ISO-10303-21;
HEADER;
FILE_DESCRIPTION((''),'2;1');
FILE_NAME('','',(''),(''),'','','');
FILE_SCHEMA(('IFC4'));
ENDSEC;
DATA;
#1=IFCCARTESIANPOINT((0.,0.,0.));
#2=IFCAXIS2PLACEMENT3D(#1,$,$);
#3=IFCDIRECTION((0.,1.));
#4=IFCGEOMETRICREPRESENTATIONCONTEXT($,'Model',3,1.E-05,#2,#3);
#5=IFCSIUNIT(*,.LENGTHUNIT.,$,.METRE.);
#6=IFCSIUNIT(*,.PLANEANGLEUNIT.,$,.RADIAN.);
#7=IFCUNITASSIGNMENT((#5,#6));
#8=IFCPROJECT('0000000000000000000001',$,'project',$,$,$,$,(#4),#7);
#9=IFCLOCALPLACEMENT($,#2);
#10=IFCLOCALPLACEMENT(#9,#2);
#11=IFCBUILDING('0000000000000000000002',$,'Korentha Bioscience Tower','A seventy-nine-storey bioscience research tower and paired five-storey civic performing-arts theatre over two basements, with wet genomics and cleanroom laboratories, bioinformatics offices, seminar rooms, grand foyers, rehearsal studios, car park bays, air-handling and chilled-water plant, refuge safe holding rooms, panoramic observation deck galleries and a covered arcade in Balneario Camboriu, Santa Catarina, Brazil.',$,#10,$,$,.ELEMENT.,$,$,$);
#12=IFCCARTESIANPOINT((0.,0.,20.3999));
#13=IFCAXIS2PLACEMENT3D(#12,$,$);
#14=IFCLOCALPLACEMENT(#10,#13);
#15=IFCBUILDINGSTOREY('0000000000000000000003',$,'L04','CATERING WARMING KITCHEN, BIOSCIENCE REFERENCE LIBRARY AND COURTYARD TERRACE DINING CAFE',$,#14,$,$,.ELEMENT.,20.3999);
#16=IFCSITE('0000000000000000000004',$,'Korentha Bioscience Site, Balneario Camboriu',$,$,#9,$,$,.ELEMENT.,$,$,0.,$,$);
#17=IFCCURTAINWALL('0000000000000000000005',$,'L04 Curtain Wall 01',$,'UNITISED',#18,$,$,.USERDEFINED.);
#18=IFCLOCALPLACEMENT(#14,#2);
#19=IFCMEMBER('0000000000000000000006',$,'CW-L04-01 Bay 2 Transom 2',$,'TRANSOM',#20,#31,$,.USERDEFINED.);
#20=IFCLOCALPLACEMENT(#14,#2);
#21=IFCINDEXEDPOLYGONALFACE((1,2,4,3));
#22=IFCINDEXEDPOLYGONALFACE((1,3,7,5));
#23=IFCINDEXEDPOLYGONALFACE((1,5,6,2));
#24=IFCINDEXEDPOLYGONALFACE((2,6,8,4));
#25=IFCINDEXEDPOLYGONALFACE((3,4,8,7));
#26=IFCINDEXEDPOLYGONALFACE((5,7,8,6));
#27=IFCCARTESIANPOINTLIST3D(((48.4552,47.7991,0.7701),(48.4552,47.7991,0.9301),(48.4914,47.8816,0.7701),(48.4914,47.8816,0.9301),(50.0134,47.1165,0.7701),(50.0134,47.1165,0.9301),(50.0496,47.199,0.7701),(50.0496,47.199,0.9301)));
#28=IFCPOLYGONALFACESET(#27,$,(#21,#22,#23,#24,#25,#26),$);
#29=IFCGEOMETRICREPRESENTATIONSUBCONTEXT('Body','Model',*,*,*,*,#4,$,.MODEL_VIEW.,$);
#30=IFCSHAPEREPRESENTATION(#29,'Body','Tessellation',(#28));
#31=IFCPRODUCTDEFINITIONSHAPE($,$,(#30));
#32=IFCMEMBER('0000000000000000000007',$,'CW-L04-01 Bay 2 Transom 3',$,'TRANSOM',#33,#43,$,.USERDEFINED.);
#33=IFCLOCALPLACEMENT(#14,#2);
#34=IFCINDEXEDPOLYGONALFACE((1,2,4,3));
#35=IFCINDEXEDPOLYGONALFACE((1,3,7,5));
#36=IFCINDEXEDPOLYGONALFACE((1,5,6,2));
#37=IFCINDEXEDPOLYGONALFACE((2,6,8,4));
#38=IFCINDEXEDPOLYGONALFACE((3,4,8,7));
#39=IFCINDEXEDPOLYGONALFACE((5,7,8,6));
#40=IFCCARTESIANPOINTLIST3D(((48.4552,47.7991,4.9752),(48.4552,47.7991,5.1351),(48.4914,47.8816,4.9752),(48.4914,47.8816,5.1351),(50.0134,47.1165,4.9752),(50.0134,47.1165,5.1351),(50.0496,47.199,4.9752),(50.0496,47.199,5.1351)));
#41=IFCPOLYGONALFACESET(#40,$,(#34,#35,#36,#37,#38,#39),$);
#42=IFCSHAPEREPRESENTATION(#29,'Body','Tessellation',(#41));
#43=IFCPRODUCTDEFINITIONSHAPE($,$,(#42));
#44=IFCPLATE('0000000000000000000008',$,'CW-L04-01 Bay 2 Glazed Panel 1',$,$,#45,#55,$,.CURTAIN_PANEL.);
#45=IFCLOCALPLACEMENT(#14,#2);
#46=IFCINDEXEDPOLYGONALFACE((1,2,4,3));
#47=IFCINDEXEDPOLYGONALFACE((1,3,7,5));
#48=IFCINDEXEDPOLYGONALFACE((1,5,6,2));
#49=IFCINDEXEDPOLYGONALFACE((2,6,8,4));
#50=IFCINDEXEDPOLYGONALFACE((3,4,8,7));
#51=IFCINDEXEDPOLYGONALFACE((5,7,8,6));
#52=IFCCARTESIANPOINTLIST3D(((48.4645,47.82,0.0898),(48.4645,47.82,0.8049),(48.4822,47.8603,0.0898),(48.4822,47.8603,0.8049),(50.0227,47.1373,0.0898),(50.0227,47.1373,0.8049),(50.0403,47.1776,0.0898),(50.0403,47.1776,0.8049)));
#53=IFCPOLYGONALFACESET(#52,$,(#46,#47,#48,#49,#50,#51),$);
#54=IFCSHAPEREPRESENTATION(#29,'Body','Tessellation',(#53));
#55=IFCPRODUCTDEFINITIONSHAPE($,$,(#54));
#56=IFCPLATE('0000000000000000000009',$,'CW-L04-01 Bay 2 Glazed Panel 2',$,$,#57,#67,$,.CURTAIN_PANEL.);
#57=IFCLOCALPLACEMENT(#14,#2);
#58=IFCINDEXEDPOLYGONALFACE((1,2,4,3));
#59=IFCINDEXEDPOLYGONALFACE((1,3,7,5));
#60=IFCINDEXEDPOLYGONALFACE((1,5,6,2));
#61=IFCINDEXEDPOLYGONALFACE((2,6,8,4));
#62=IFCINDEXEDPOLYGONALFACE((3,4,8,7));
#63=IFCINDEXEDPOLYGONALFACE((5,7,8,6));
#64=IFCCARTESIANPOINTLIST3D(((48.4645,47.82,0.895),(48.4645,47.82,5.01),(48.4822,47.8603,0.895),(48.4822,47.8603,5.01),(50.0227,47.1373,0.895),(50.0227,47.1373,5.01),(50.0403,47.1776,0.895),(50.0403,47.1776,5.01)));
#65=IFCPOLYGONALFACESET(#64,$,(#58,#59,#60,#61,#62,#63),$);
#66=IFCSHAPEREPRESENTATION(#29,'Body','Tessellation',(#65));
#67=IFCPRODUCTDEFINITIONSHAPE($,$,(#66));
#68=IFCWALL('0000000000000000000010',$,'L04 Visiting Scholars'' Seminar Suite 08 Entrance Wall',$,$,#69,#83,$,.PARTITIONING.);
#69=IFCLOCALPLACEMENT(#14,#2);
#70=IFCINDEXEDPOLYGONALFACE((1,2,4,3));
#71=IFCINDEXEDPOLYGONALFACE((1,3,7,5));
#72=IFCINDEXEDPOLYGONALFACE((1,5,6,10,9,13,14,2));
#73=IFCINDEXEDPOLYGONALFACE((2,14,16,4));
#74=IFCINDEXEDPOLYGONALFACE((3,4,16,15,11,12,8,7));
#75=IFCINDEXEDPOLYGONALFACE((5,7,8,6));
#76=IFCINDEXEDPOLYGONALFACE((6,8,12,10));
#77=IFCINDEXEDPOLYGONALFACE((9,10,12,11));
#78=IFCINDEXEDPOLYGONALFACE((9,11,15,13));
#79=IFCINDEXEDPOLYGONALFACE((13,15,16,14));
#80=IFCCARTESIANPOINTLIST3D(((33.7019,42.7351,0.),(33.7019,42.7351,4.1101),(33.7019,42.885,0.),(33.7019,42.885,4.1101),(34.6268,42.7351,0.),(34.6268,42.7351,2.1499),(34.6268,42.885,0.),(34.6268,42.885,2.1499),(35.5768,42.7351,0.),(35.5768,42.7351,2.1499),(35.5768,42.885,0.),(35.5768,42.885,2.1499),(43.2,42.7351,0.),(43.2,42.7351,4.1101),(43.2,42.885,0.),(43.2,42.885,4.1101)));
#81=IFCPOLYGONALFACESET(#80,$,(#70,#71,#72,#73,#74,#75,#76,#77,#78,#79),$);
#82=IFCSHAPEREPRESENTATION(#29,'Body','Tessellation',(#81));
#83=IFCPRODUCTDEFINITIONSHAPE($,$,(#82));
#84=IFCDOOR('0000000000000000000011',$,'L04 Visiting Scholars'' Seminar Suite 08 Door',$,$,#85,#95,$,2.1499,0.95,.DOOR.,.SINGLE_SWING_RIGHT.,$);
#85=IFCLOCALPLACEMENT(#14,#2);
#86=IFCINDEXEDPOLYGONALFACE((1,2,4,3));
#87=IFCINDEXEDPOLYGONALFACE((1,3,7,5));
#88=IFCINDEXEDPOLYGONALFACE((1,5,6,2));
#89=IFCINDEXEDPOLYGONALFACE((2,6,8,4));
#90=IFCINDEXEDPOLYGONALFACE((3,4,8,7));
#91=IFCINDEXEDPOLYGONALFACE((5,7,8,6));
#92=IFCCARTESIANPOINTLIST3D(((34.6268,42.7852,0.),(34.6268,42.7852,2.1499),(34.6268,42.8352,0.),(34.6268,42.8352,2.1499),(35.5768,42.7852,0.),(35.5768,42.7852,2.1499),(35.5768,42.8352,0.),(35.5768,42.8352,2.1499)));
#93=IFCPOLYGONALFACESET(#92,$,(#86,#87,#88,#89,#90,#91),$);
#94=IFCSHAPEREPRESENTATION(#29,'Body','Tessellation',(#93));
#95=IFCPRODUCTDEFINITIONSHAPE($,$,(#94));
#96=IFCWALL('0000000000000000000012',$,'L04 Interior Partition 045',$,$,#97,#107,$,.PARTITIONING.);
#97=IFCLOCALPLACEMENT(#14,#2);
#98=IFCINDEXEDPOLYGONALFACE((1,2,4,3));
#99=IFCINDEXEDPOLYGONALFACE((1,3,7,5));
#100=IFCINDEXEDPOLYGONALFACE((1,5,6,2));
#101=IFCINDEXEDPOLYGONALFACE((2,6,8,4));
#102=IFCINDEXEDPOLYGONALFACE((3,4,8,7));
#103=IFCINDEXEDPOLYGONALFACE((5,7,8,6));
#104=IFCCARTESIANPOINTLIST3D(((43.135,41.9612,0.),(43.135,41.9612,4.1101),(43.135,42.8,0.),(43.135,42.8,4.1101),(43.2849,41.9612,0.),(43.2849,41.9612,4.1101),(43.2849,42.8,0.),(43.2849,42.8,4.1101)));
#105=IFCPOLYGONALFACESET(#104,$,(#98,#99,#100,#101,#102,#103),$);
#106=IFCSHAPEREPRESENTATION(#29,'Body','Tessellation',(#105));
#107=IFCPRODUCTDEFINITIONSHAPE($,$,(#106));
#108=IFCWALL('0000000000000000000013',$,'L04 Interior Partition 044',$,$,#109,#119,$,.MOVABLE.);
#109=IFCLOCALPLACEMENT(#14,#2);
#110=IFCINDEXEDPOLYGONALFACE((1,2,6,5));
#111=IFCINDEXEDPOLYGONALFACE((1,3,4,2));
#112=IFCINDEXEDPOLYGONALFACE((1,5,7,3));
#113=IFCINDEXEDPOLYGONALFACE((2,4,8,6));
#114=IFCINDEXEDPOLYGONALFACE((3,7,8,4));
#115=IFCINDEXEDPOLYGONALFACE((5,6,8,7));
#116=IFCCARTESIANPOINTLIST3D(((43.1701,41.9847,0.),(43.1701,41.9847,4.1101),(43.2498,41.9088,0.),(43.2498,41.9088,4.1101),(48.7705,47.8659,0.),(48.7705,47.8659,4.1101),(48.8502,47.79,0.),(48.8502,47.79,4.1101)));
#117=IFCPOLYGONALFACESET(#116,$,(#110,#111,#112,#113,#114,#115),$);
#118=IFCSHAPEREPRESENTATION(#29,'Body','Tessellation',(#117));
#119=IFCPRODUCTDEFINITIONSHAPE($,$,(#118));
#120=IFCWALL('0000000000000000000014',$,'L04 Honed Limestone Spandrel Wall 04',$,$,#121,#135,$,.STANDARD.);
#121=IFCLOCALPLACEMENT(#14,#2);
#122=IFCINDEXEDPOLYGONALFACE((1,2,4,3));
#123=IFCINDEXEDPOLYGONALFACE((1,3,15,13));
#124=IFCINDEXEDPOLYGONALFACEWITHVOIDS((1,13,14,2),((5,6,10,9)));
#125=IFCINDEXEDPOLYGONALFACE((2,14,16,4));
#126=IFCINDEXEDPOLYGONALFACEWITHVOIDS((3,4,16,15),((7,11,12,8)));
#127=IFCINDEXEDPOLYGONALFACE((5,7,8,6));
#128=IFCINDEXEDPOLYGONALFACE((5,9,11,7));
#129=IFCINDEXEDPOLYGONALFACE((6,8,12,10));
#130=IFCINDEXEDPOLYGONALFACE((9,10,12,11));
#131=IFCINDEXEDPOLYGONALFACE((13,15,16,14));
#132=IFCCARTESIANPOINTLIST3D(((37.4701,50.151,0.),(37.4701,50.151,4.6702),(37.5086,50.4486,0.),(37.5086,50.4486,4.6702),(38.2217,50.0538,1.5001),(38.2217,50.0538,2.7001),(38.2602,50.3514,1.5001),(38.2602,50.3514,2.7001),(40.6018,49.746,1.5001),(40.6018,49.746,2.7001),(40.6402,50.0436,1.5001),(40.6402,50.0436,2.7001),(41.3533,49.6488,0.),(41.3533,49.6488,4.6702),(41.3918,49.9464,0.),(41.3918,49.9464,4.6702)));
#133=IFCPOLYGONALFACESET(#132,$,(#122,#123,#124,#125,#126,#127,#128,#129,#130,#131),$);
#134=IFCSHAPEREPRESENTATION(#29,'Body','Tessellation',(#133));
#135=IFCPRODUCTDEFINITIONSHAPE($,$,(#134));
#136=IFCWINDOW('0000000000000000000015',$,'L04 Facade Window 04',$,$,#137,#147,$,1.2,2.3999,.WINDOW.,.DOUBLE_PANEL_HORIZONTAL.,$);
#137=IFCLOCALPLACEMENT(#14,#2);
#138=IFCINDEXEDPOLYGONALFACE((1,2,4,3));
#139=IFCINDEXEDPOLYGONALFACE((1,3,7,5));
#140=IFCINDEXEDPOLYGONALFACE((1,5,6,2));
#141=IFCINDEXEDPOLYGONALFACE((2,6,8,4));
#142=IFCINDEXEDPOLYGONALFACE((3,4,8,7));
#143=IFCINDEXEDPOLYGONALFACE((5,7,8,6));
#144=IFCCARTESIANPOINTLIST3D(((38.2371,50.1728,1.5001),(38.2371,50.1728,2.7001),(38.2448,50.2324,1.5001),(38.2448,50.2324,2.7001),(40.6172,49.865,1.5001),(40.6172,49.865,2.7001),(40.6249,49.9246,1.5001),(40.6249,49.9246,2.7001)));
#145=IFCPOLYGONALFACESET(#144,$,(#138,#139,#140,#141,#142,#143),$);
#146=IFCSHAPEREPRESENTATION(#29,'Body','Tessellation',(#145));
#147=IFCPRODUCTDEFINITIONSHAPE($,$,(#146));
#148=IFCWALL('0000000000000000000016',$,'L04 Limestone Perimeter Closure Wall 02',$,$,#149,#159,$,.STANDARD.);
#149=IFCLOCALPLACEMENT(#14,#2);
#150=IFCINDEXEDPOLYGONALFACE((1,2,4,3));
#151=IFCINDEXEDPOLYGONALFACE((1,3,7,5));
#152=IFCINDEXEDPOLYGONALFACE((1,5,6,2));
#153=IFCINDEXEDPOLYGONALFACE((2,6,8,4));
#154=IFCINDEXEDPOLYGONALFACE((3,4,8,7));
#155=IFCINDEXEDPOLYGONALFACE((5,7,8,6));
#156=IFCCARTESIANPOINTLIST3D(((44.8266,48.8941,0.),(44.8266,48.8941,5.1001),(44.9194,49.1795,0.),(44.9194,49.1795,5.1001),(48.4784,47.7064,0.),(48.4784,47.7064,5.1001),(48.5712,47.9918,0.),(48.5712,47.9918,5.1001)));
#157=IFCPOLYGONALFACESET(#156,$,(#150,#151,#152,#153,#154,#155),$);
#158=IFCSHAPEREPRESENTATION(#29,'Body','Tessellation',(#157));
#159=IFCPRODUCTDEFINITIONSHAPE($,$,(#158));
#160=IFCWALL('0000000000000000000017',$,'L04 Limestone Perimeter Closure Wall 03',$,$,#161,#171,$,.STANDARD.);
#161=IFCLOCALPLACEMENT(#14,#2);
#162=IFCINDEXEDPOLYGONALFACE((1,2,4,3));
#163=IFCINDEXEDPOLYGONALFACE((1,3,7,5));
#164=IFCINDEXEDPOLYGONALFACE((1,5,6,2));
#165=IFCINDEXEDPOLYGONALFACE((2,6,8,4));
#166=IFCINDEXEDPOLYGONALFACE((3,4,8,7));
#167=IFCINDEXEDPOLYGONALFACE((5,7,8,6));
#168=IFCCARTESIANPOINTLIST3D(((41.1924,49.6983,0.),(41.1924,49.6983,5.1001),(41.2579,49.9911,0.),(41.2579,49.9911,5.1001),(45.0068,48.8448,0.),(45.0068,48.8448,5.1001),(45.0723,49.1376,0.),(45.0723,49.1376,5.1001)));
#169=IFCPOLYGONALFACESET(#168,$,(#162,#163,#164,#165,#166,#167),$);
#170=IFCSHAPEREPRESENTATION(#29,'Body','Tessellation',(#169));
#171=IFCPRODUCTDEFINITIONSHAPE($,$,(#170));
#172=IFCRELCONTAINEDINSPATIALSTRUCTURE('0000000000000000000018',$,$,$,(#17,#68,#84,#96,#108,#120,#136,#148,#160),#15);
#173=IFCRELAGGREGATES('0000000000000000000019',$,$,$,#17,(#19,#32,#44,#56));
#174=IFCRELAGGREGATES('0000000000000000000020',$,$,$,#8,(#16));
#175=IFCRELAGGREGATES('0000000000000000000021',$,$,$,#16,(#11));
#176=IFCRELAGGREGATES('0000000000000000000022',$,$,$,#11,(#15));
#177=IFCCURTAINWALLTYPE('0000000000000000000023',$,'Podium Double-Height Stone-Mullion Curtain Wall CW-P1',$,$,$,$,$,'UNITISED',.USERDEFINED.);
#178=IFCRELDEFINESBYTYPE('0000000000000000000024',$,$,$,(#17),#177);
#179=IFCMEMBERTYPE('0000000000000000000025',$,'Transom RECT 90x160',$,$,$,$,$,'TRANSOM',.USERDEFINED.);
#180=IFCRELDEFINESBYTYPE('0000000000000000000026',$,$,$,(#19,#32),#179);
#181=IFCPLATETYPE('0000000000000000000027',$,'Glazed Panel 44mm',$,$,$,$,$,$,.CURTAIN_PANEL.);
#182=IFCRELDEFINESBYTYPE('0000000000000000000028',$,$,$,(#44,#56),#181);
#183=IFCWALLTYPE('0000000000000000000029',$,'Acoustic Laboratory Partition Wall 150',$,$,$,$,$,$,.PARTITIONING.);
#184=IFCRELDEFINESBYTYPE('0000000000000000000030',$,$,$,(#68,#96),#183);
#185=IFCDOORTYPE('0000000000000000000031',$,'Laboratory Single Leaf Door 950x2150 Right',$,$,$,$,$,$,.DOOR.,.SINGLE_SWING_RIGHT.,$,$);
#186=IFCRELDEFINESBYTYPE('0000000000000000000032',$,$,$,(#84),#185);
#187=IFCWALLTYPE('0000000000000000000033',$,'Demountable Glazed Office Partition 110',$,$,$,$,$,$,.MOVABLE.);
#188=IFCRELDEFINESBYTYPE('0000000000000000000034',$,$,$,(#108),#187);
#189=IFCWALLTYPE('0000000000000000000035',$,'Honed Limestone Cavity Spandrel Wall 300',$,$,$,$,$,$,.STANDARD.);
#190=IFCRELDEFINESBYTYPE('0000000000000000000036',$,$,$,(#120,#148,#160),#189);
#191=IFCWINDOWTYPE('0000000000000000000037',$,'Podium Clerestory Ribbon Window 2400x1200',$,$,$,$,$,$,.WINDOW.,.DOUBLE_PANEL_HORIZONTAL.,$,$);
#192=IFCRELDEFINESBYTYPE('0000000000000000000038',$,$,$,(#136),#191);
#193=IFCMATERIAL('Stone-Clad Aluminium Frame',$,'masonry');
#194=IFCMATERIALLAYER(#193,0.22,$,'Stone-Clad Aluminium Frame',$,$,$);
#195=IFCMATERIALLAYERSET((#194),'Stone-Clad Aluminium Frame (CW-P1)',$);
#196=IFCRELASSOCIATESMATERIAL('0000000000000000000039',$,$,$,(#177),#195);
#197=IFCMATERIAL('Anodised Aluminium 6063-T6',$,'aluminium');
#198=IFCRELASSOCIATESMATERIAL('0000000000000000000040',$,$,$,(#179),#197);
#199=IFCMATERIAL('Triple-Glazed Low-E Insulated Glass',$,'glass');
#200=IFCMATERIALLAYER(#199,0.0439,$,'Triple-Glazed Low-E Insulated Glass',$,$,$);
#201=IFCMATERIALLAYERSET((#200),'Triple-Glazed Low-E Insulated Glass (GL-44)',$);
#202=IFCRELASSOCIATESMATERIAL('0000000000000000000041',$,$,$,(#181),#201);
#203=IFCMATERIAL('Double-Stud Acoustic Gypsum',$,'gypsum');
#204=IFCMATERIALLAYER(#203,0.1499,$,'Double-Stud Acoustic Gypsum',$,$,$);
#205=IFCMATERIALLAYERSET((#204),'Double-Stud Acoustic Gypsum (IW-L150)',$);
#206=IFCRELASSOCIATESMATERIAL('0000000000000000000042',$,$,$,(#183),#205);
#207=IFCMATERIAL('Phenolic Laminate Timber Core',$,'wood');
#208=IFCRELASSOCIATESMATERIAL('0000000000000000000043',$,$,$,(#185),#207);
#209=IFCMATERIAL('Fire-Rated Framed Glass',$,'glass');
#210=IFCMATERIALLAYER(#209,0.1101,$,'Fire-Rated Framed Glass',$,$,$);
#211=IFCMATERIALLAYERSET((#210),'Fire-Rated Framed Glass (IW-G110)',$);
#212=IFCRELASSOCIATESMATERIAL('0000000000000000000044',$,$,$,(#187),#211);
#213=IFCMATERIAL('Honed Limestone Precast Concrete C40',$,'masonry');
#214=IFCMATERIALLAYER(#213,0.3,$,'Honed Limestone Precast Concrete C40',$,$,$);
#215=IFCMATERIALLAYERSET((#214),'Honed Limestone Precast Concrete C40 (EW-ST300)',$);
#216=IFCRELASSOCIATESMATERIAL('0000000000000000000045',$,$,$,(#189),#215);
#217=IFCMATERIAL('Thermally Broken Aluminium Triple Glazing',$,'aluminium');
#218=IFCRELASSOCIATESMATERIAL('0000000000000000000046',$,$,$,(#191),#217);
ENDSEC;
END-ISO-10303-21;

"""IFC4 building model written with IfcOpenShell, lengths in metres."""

from ifc_helpers import new_model, si_unit, direction, frame, frame_2d, origin, origin_2d, place, context, subcontext, project, spatial, rectangle, extrude, material, layer, layer_set, material_profile, profile_set, type_object, element, fill, aggregate, save


model = new_model("IFC4")

# Units and contexts
model_context = context("Model", 3, precision=1e-05, world=origin(), true_north=direction((0.0, 1.0)))
body_context = subcontext(model_context, "Body", "Model", "MODEL_VIEW")
ifc_project = project(units=[si_unit("LENGTHUNIT", "METRE"), si_unit("PLANEANGLEUNIT", "RADIAN")], contexts=[model_context])

# Site, building, storey
site_placement = place(None, origin())
site = spatial("IfcSite", under=ifc_project, at=site_placement, Name="Korentha Bioscience Site, Balneario Camboriu", CompositionType="ELEMENT", RefElevation=0.0)
building_placement = place(site_placement, origin())
building = spatial("IfcBuilding", under=site, at=building_placement, Name="Korentha Bioscience Tower", Description="A seventy-nine-storey bioscience research tower and paired five-storey civic performing-arts theatre over two basements, with wet genomics and cleanroom laboratories, bioinformatics offices, seminar rooms, grand foyers, rehearsal studios, car park bays, air-handling and chilled-water plant, refuge safe holding rooms, panoramic observation deck galleries and a covered arcade in Balneario Camboriu, Santa Catarina, Brazil.", CompositionType="ELEMENT")
storey_placement = place(building_placement, frame((0.0, 0.0, 20.3999)))
storey = spatial("IfcBuildingStorey", under=building, at=storey_placement, Name="L04", Description="CATERING WARMING KITCHEN, BIOSCIENCE REFERENCE LIBRARY AND COURTYARD TERRACE DINING CAFE", CompositionType="ELEMENT", Elevation=20.3999)

# Curtain wall
ifc_material_1 = material(Name="Stone-Clad Aluminium Frame", Category="masonry")
ifc_layer_1 = layer(ifc_material_1, 0.22, Name="Stone-Clad Aluminium Frame")
ifc_layer_set_1 = layer_set([ifc_layer_1], Name="Stone-Clad Aluminium Frame (CW-P1)")
curtain_wall_type = type_object("IfcCurtainWallType", Name="Podium Double-Height Stone-Mullion Curtain Wall CW-P1", ElementType="UNITISED", PredefinedType="USERDEFINED", material=ifc_layer_set_1)
curtain_wall_placement = place(storey_placement, origin())
curtain_wall = element("IfcCurtainWall", 1, at=curtain_wall_placement, inside=storey, type_object=curtain_wall_type, Name="L04 Curtain Wall 01", ObjectType="UNITISED", PredefinedType="USERDEFINED")
ifc_material_2 = material(Name="Anodised Aluminium 6063-T6", Category="aluminium")

# Members
ifc_material_profile_1 = material_profile(ifc_material_2, rectangle(XDim=0.0901, YDim=0.1599, at=origin_2d()), Name="Anodised Aluminium 6063-T6")
ifc_profile_set_1 = profile_set([ifc_material_profile_1], Name="Anodised Aluminium 6063-T6 (CW-TRN)")
member_type_1 = type_object("IfcMemberType", Name="Transom RECT 90x160", ElementType="TRANSOM", PredefinedType="USERDEFINED", material=ifc_profile_set_1)
member_1_placement = place(storey_placement, frame((50.0315, 47.1577, 0.8501), z_axis=(-0.915953, 0.401286, 0.0), x_axis=(-0.401286, -0.915953, 0.0)))
member_1 = element("IfcMember", 2, at=member_1_placement, type_object=member_type_1, Name="CW-L04-01 Bay 2 Transom 2", ObjectType="TRANSOM", PredefinedType="USERDEFINED", context=body_context, shape_type="SweptSolid", body=[
    extrude(rectangle(XDim=0.0901, YDim=0.1599, at=origin_2d()), origin(), (0.0, 0.0, 1.0), 1.7012),
])
member_2_placement = place(storey_placement, frame((50.0315, 47.1577, 5.0552), z_axis=(-0.915953, 0.401286, 0.0), x_axis=(-0.401286, -0.915953, 0.0)))
member_2 = element("IfcMember", 3, at=member_2_placement, type_object=member_type_1, Name="CW-L04-01 Bay 2 Transom 3", ObjectType="TRANSOM", PredefinedType="USERDEFINED", context=body_context, shape_type="SweptSolid", body=[
    extrude(rectangle(XDim=0.0901, YDim=0.1599, at=origin_2d()), origin(), (0.0, 0.0, 1.0), 1.7012),
])

# Plates
ifc_material_3 = material(Name="Triple-Glazed Low-E Insulated Glass", Category="glass")
ifc_layer_2 = layer(ifc_material_3, 0.0439, Name="Triple-Glazed Low-E Insulated Glass")
ifc_layer_set_2 = layer_set([ifc_layer_2], Name="Triple-Glazed Low-E Insulated Glass (GL-44)")
plate_type = type_object("IfcPlateType", Name="Glazed Panel 44mm", PredefinedType="CURTAIN_PANEL", material=ifc_layer_set_2)
plate_1_placement = place(storey_placement, frame((49.2524, 47.4988, 0.0898), z_axis=(0.0, 0.0, 1.0), x_axis=(-0.915939, 0.401317, 0.0)))
plate_1 = element("IfcPlate", 4, at=plate_1_placement, type_object=plate_type, Name="CW-L04-01 Bay 2 Glazed Panel 1", PredefinedType="CURTAIN_PANEL", context=body_context, shape_type="SweptSolid", body=[
    extrude(rectangle(XDim=1.7012, YDim=0.0439, at=origin_2d()), origin(), (0.0, 0.0, 1.0), 0.7151),
])
plate_2_placement = place(storey_placement, frame((49.2524, 47.4988, 0.895), z_axis=(0.0, 0.0, 1.0), x_axis=(-0.915939, 0.401317, 0.0)))
plate_2 = element("IfcPlate", 5, at=plate_2_placement, type_object=plate_type, Name="CW-L04-01 Bay 2 Glazed Panel 2", PredefinedType="CURTAIN_PANEL", context=body_context, shape_type="SweptSolid", body=[
    extrude(rectangle(XDim=1.7012, YDim=0.0439, at=origin_2d()), origin(), (0.0, 0.0, 1.0), 4.115),
])
aggregate(curtain_wall, [member_1, member_2, plate_1, plate_2])

# Wall, opening, door
ifc_material_4 = material(Name="Double-Stud Acoustic Gypsum", Category="gypsum")
ifc_layer_3 = layer(ifc_material_4, 0.1499, Name="Double-Stud Acoustic Gypsum")
ifc_layer_set_3 = layer_set([ifc_layer_3], Name="Double-Stud Acoustic Gypsum (IW-L150)")
wall_type_1 = type_object("IfcWallType", Name="Acoustic Laboratory Partition Wall 150", PredefinedType="PARTITIONING", material=ifc_layer_set_3)
wall_1_placement = place(storey_placement, frame((43.2, 42.8101, 0.0), z_axis=(0.0, 0.0, 1.0), x_axis=(-1.0, 0.0, 0.0)))
wall_1 = element("IfcWall", 6, at=wall_1_placement, inside=storey, type_object=wall_type_1, Name="L04 Visiting Scholars' Seminar Suite 08 Entrance Wall", PredefinedType="PARTITIONING", context=body_context, shape_type="SweptSolid", body=[
    extrude(rectangle(XDim=9.498, YDim=0.1499, at=frame_2d((4.749, 0.0))), origin(), (0.0, 0.0, 1.0), 4.1101),
])
opening_1_placement = place(wall_1_placement, frame((7.623, 0.0, 0.0)))
opening_1 = element("IfcOpeningElement", 7, at=opening_1_placement, cuts=wall_1, PredefinedType="OPENING", context=body_context, shape_type="SweptSolid", body=[
    extrude(rectangle(XDim=0.95, YDim=2.1499, at=frame_2d((0.4751, 1.075))), frame((0.0, 0.0898, 0.0), z_axis=(0.0, -1.0, 0.0), x_axis=(1.0, 0.0, 0.0)), (0.0, 0.0, 1.0), 0.1797),
])
ifc_material_5 = material(Name="Phenolic Laminate Timber Core", Category="wood")
door_type = type_object("IfcDoorType", Name="Laboratory Single Leaf Door 950x2150 Right", OperationType="SINGLE_SWING_RIGHT", PredefinedType="DOOR", material=ifc_material_5)
door_placement = place(opening_1_placement, origin())
door = element("IfcDoor", 8, at=door_placement, inside=storey, type_object=door_type, Name="L04 Visiting Scholars' Seminar Suite 08 Door", OperationType="SINGLE_SWING_RIGHT", OverallHeight=2.1499, OverallWidth=0.95, PredefinedType="DOOR", context=body_context, shape_type="SweptSolid", body=[
    extrude(rectangle(XDim=0.95, YDim=2.1499, at=frame_2d((0.4751, 1.075))), frame((0.0, 0.0249, 0.0), z_axis=(0.0, -1.0, 0.0), x_axis=(1.0, 0.0, 0.0)), (0.0, 0.0, 1.0), 0.05),
])
fill(opening_1, door)

# Walls
wall_2_placement = place(storey_placement, frame((43.21, 41.9612, 0.0), z_axis=(0.0, 0.0, 1.0), x_axis=(0.0, 1.0, 0.0)))
element("IfcWall", 9, at=wall_2_placement, inside=storey, type_object=wall_type_1, Name="L04 Interior Partition 045", PredefinedType="PARTITIONING", context=body_context, shape_type="SweptSolid", body=[
    extrude(rectangle(XDim=0.8389, YDim=0.1499, at=frame_2d((0.4194, 0.0))), origin(), (0.0, 0.0, 1.0), 4.1101),
])
ifc_material_6 = material(Name="Fire-Rated Framed Glass", Category="glass")
ifc_layer_4 = layer(ifc_material_6, 0.1101, Name="Fire-Rated Framed Glass")
ifc_layer_set_4 = layer_set([ifc_layer_4], Name="Fire-Rated Framed Glass (IW-G110)")
wall_type_2 = type_object("IfcWallType", Name="Demountable Glazed Office Partition 110", PredefinedType="MOVABLE", material=ifc_layer_set_4)
wall_3_placement = place(storey_placement, frame((43.21, 41.9468, 0.0), z_axis=(0.0, 0.0, 1.0), x_axis=(0.689609, 0.724182, 0.0)))
element("IfcWall", 10, at=wall_3_placement, inside=storey, type_object=wall_type_2, Name="L04 Interior Partition 044", PredefinedType="MOVABLE", context=body_context, shape_type="SweptSolid", body=[
    extrude(rectangle(XDim=8.1211, YDim=0.1101, at=frame_2d((4.0605, 0.0))), origin(), (0.0, 0.0, 1.0), 4.1101),
])

# Wall, opening, window
ifc_material_7 = material(Name="Honed Limestone Precast Concrete C40", Category="masonry")
ifc_layer_5 = layer(ifc_material_7, 0.3, Name="Honed Limestone Precast Concrete C40")
ifc_layer_set_5 = layer_set([ifc_layer_5], Name="Honed Limestone Precast Concrete C40 (EW-ST300)")
wall_type_3 = type_object("IfcWallType", Name="Honed Limestone Cavity Spandrel Wall 300", PredefinedType="STANDARD", material=ifc_layer_set_5)
wall_4_placement = place(storey_placement, frame((41.3726, 49.7976, 0.0), z_axis=(0.0, 0.0, 1.0), x_axis=(-0.991741, 0.128254, 0.0)))
wall_4 = element("IfcWall", 11, at=wall_4_placement, inside=storey, type_object=wall_type_3, Name="L04 Honed Limestone Spandrel Wall 04", PredefinedType="STANDARD", context=body_context, shape_type="SweptSolid", body=[
    extrude(rectangle(XDim=3.9155, YDim=0.3, at=frame_2d((1.9578, 0.0))), origin(), (0.0, 0.0, 1.0), 4.6702),
])
opening_2_placement = place(wall_4_placement, frame((0.7578, 0.0, 1.5)))
opening_2 = element("IfcOpeningElement", 12, at=opening_2_placement, cuts=wall_4, PredefinedType="OPENING", context=body_context, shape_type="SweptSolid", body=[
    extrude(rectangle(XDim=2.3999, YDim=1.2, at=frame_2d((1.2, 0.6001))), frame((0.0, 0.165, 0.0), z_axis=(0.0, -1.0, 0.0), x_axis=(1.0, 0.0, 0.0)), (0.0, 0.0, 1.0), 0.3298),
])
ifc_material_8 = material(Name="Thermally Broken Aluminium Triple Glazing", Category="aluminium")
window_type = type_object("IfcWindowType", Name="Podium Clerestory Ribbon Window 2400x1200", PartitioningType="DOUBLE_PANEL_HORIZONTAL", PredefinedType="WINDOW", material=ifc_material_8)
window_placement = place(opening_2_placement, origin())
window = element("IfcWindow", 13, at=window_placement, inside=storey, type_object=window_type, Name="L04 Facade Window 04", OverallHeight=1.2, OverallWidth=2.3999, PartitioningType="DOUBLE_PANEL_HORIZONTAL", PredefinedType="WINDOW", context=body_context, shape_type="SweptSolid", body=[
    extrude(rectangle(XDim=2.3999, YDim=1.2, at=frame_2d((1.2, 0.6001))), frame((0.0, 0.03, 0.0), z_axis=(0.0, -1.0, 0.0), x_axis=(1.0, 0.0, 0.0)), (0.0, 0.0, 1.0), 0.0601),
])
fill(opening_2, window)

# Walls
wall_5_placement = place(storey_placement, frame((48.5247, 47.8491, 0.0), z_axis=(0.0, 0.0, 1.0), x_axis=(-0.950966, 0.309296, 0.0)))
element("IfcWall", 14, at=wall_5_placement, inside=storey, type_object=wall_type_3, Name="L04 Limestone Perimeter Closure Wall 02", PredefinedType="STANDARD", context=body_context, shape_type="SweptSolid", body=[
    extrude(rectangle(XDim=3.8401, YDim=0.3, at=frame_2d((1.9199, 0.0))), origin(), (0.0, 0.0, 1.0), 5.1001),
])
wall_6_placement = place(storey_placement, frame((45.0396, 48.9912, 0.0), z_axis=(0.0, 0.0, 1.0), x_axis=(-0.975869, 0.218359, 0.0)))
element("IfcWall", 15, at=wall_6_placement, inside=storey, type_object=wall_type_3, Name="L04 Limestone Perimeter Closure Wall 03", PredefinedType="STANDARD", context=body_context, shape_type="SweptSolid", body=[
    extrude(rectangle(XDim=3.9087, YDim=0.3, at=frame_2d((1.9543, 0.0))), origin(), (0.0, 0.0, 1.0), 5.1001),
])

save(model, "model.ifc")
